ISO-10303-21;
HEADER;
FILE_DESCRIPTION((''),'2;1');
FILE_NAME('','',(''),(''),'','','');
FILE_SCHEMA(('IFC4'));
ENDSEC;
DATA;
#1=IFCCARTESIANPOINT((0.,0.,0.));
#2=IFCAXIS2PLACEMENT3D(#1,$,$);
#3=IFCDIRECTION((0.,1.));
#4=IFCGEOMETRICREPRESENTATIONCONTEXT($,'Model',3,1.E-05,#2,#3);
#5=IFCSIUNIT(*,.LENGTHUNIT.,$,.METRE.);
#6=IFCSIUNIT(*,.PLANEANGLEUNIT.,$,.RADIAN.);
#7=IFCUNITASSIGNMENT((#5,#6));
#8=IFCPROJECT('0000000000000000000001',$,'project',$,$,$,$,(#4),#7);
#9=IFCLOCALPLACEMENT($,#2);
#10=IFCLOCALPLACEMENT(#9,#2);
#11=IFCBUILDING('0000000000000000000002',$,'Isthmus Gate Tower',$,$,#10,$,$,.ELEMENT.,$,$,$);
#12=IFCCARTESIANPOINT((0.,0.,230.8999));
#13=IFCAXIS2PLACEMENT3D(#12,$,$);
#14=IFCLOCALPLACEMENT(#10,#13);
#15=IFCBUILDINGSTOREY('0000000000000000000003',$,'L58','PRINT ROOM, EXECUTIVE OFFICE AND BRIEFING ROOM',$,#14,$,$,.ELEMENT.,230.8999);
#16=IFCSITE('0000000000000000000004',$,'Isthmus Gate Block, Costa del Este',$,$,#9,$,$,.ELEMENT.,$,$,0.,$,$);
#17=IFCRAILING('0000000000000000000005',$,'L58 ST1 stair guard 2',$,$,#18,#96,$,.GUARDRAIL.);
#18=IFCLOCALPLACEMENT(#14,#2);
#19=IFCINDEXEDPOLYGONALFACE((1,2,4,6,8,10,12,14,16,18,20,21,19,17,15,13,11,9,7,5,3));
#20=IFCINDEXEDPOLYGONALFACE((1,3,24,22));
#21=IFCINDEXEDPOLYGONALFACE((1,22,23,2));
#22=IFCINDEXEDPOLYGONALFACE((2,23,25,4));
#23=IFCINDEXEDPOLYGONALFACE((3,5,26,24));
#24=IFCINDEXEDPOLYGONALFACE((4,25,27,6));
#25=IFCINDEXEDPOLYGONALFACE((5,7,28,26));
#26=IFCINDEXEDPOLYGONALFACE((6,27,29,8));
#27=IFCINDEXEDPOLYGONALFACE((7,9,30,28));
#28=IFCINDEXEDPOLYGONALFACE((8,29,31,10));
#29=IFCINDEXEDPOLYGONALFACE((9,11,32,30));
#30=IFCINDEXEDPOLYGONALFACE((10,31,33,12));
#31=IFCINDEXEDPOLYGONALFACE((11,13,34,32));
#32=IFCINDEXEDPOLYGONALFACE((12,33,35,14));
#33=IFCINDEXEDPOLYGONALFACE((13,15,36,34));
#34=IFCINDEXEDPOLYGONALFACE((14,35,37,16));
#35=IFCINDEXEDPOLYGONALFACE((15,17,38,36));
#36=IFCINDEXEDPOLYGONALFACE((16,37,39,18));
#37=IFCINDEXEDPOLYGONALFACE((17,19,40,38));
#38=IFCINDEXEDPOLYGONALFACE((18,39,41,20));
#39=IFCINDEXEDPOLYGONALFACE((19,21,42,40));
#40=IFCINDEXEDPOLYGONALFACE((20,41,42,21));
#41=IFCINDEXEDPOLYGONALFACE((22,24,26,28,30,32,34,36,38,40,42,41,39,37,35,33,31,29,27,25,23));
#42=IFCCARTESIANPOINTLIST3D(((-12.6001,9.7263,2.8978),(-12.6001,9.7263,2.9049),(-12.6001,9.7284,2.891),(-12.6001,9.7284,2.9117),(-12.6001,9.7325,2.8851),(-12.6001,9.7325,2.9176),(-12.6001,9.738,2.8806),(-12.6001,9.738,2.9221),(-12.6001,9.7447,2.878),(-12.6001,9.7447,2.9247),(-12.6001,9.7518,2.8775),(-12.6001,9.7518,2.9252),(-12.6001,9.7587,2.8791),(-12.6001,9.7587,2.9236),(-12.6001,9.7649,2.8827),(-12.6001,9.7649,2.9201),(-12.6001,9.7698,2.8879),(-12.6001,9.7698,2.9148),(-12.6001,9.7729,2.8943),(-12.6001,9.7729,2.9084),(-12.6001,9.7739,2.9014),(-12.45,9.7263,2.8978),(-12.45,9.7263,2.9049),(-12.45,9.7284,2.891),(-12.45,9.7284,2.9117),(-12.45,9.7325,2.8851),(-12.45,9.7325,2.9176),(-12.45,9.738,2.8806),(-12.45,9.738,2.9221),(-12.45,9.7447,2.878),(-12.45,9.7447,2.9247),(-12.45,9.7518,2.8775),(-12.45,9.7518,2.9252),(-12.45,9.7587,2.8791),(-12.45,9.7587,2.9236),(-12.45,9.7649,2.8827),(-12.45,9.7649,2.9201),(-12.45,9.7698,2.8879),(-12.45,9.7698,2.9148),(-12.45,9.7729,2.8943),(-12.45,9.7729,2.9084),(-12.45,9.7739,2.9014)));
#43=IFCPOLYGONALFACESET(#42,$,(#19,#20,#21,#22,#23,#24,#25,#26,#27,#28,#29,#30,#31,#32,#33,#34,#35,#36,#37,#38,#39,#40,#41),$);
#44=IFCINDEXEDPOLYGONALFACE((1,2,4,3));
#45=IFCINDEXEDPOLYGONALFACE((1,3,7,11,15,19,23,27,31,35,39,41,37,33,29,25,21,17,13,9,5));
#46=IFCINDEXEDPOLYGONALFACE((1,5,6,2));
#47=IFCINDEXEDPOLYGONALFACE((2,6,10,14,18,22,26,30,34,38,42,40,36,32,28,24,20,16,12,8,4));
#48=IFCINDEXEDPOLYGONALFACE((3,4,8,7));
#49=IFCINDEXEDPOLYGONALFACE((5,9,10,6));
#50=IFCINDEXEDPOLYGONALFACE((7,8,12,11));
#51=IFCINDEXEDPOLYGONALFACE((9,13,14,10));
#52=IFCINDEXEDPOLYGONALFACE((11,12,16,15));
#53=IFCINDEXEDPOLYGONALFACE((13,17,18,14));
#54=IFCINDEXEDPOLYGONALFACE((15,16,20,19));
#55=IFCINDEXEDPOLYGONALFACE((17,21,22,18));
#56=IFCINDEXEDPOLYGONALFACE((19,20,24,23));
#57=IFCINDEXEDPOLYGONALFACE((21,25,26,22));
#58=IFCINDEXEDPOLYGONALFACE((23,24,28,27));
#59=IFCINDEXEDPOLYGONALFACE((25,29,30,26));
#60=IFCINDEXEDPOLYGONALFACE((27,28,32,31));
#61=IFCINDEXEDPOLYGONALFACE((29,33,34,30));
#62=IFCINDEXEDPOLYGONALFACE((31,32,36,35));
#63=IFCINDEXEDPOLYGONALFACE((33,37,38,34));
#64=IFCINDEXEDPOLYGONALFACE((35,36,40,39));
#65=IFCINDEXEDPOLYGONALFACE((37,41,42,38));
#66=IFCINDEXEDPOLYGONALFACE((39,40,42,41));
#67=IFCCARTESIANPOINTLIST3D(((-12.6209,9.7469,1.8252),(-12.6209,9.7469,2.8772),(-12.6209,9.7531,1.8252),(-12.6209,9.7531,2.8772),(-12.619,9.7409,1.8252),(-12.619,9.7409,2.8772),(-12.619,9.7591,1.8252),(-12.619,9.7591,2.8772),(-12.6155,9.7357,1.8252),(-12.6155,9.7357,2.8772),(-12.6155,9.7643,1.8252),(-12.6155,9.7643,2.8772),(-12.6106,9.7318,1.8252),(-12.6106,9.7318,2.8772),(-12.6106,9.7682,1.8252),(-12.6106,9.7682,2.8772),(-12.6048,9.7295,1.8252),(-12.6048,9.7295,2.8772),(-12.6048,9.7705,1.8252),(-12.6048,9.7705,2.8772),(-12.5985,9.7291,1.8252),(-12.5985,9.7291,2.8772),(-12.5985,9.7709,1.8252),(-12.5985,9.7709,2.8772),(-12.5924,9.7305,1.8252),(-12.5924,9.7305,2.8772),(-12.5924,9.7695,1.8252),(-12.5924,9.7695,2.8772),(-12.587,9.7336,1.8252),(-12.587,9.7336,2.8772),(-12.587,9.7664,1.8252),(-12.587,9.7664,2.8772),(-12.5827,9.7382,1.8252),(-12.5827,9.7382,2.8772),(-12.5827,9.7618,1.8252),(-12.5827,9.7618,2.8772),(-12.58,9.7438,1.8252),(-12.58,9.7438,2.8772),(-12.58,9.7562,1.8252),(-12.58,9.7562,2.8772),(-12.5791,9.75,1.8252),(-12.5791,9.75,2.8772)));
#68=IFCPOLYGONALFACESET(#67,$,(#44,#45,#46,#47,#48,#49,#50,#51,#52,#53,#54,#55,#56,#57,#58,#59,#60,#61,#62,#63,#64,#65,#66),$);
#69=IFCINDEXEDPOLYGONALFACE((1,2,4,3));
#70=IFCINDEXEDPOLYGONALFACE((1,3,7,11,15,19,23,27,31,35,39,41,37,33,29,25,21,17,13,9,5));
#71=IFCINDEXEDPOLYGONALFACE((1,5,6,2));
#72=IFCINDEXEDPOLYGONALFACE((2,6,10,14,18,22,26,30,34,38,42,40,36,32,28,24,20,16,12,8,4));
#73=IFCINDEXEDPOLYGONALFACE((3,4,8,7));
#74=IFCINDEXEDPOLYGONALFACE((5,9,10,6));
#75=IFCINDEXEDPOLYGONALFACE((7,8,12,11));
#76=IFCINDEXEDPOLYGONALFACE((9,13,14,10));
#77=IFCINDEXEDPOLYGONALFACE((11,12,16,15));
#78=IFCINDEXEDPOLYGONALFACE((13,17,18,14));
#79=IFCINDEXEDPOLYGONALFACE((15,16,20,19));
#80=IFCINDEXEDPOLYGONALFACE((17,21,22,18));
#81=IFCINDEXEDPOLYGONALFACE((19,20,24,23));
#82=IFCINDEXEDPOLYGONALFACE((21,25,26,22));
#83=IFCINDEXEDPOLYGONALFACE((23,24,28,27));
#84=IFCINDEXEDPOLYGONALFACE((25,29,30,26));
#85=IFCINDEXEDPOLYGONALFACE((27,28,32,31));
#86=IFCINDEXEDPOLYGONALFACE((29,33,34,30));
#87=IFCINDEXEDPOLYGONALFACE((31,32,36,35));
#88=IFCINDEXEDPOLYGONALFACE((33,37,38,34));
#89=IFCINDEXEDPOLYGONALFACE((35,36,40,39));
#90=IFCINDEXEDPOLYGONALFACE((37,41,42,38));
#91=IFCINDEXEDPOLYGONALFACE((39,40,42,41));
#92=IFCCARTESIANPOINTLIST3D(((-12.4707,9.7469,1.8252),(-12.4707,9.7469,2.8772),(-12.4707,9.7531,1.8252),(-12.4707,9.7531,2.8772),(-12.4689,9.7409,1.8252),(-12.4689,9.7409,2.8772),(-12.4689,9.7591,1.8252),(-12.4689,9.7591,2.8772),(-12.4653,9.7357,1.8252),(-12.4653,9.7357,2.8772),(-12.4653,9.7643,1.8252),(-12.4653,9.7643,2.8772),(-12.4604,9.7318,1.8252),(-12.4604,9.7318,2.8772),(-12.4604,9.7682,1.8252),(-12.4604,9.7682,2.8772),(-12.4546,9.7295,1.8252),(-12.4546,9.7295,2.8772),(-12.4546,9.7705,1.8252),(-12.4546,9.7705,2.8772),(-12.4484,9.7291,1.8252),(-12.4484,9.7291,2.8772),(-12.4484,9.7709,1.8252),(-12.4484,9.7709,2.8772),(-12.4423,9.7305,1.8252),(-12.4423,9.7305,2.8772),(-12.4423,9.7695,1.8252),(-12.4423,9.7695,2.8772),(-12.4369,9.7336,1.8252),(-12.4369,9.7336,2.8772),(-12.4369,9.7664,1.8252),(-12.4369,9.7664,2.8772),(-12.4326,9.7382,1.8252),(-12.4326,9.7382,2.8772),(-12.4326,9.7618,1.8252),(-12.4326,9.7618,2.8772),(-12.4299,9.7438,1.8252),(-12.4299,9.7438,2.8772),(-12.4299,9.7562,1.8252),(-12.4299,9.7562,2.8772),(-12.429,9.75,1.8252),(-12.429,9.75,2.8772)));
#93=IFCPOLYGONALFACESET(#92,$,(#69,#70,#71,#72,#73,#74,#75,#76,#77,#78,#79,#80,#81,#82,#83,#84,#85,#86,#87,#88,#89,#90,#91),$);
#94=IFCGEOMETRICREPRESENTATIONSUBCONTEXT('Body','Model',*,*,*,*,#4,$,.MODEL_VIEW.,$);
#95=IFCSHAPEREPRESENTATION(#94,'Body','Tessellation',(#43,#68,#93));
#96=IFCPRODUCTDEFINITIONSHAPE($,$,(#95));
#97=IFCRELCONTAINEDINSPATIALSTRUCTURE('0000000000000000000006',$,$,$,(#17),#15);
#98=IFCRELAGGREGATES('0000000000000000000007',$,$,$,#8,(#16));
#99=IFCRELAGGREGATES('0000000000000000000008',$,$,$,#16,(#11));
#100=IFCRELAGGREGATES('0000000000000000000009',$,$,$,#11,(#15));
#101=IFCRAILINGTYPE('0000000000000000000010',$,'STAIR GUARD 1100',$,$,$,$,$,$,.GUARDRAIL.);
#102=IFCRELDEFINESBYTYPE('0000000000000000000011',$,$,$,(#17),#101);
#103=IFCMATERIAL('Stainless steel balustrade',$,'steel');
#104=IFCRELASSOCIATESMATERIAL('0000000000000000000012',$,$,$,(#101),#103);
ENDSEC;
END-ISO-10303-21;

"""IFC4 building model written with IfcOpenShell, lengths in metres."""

from ifc_helpers import new_model, si_unit, direction, frame, origin, origin_2d, place, context, subcontext, project, spatial, circle, extrude, material, type_object, element, save


model = new_model("IFC4")

# Units and contexts
model_context = context("Model", 3, precision=1e-05, world=origin(), true_north=direction((0.0, 1.0)))
body_context = subcontext(model_context, "Body", "Model", "MODEL_VIEW")
ifc_project = project(units=[si_unit("LENGTHUNIT", "METRE"), si_unit("PLANEANGLEUNIT", "RADIAN")], contexts=[model_context])

# Site, building, storey
site_placement = place(None, origin())
site = spatial("IfcSite", under=ifc_project, at=site_placement, Name="Isthmus Gate Block, Costa del Este", CompositionType="ELEMENT", RefElevation=0.0)
building_placement = place(site_placement, origin())
building = spatial("IfcBuilding", under=site, at=building_placement, Name="Isthmus Gate Tower", CompositionType="ELEMENT")
storey_placement = place(building_placement, frame((0.0, 0.0, 230.8999)))
storey = spatial("IfcBuildingStorey", under=building, at=storey_placement, Name="L58", Description="PRINT ROOM, EXECUTIVE OFFICE AND BRIEFING ROOM", CompositionType="ELEMENT", Elevation=230.8999)

# Railing
ifc_material_1 = material(Name="Stainless steel balustrade", Category="steel")
railing_type_1 = type_object("IfcRailingType", Name="STAIR GUARD 1100", PredefinedType="GUARDRAIL", material=ifc_material_1)
railing_1_placement = place(storey_placement, frame((-12.6001, 9.75, 1.8252)))
element("IfcRailing", 1, at=railing_1_placement, inside=storey, type_object=railing_type_1, Name="L58 ST1 stair guard 2", PredefinedType="GUARDRAIL", context=body_context, shape_type="SweptSolid", body=[
    extrude(circle(Radius=0.0239, at=origin_2d()), frame((0.0, 0.0, 1.0762), z_axis=(1.0, 0.0, 0.0), x_axis=(0.0, 1.0, 0.0)), (0.0, 0.0, 1.0), 0.1501),
    extrude(circle(Radius=0.021, at=origin_2d()), origin(), (0.0, 0.0, 1.0), 1.052),
    extrude(circle(Radius=0.021, at=origin_2d()), frame((0.1501, 0.0, 0.0)), (0.0, 0.0, 1.0), 1.052),
])

save(model, "model.ifc")
